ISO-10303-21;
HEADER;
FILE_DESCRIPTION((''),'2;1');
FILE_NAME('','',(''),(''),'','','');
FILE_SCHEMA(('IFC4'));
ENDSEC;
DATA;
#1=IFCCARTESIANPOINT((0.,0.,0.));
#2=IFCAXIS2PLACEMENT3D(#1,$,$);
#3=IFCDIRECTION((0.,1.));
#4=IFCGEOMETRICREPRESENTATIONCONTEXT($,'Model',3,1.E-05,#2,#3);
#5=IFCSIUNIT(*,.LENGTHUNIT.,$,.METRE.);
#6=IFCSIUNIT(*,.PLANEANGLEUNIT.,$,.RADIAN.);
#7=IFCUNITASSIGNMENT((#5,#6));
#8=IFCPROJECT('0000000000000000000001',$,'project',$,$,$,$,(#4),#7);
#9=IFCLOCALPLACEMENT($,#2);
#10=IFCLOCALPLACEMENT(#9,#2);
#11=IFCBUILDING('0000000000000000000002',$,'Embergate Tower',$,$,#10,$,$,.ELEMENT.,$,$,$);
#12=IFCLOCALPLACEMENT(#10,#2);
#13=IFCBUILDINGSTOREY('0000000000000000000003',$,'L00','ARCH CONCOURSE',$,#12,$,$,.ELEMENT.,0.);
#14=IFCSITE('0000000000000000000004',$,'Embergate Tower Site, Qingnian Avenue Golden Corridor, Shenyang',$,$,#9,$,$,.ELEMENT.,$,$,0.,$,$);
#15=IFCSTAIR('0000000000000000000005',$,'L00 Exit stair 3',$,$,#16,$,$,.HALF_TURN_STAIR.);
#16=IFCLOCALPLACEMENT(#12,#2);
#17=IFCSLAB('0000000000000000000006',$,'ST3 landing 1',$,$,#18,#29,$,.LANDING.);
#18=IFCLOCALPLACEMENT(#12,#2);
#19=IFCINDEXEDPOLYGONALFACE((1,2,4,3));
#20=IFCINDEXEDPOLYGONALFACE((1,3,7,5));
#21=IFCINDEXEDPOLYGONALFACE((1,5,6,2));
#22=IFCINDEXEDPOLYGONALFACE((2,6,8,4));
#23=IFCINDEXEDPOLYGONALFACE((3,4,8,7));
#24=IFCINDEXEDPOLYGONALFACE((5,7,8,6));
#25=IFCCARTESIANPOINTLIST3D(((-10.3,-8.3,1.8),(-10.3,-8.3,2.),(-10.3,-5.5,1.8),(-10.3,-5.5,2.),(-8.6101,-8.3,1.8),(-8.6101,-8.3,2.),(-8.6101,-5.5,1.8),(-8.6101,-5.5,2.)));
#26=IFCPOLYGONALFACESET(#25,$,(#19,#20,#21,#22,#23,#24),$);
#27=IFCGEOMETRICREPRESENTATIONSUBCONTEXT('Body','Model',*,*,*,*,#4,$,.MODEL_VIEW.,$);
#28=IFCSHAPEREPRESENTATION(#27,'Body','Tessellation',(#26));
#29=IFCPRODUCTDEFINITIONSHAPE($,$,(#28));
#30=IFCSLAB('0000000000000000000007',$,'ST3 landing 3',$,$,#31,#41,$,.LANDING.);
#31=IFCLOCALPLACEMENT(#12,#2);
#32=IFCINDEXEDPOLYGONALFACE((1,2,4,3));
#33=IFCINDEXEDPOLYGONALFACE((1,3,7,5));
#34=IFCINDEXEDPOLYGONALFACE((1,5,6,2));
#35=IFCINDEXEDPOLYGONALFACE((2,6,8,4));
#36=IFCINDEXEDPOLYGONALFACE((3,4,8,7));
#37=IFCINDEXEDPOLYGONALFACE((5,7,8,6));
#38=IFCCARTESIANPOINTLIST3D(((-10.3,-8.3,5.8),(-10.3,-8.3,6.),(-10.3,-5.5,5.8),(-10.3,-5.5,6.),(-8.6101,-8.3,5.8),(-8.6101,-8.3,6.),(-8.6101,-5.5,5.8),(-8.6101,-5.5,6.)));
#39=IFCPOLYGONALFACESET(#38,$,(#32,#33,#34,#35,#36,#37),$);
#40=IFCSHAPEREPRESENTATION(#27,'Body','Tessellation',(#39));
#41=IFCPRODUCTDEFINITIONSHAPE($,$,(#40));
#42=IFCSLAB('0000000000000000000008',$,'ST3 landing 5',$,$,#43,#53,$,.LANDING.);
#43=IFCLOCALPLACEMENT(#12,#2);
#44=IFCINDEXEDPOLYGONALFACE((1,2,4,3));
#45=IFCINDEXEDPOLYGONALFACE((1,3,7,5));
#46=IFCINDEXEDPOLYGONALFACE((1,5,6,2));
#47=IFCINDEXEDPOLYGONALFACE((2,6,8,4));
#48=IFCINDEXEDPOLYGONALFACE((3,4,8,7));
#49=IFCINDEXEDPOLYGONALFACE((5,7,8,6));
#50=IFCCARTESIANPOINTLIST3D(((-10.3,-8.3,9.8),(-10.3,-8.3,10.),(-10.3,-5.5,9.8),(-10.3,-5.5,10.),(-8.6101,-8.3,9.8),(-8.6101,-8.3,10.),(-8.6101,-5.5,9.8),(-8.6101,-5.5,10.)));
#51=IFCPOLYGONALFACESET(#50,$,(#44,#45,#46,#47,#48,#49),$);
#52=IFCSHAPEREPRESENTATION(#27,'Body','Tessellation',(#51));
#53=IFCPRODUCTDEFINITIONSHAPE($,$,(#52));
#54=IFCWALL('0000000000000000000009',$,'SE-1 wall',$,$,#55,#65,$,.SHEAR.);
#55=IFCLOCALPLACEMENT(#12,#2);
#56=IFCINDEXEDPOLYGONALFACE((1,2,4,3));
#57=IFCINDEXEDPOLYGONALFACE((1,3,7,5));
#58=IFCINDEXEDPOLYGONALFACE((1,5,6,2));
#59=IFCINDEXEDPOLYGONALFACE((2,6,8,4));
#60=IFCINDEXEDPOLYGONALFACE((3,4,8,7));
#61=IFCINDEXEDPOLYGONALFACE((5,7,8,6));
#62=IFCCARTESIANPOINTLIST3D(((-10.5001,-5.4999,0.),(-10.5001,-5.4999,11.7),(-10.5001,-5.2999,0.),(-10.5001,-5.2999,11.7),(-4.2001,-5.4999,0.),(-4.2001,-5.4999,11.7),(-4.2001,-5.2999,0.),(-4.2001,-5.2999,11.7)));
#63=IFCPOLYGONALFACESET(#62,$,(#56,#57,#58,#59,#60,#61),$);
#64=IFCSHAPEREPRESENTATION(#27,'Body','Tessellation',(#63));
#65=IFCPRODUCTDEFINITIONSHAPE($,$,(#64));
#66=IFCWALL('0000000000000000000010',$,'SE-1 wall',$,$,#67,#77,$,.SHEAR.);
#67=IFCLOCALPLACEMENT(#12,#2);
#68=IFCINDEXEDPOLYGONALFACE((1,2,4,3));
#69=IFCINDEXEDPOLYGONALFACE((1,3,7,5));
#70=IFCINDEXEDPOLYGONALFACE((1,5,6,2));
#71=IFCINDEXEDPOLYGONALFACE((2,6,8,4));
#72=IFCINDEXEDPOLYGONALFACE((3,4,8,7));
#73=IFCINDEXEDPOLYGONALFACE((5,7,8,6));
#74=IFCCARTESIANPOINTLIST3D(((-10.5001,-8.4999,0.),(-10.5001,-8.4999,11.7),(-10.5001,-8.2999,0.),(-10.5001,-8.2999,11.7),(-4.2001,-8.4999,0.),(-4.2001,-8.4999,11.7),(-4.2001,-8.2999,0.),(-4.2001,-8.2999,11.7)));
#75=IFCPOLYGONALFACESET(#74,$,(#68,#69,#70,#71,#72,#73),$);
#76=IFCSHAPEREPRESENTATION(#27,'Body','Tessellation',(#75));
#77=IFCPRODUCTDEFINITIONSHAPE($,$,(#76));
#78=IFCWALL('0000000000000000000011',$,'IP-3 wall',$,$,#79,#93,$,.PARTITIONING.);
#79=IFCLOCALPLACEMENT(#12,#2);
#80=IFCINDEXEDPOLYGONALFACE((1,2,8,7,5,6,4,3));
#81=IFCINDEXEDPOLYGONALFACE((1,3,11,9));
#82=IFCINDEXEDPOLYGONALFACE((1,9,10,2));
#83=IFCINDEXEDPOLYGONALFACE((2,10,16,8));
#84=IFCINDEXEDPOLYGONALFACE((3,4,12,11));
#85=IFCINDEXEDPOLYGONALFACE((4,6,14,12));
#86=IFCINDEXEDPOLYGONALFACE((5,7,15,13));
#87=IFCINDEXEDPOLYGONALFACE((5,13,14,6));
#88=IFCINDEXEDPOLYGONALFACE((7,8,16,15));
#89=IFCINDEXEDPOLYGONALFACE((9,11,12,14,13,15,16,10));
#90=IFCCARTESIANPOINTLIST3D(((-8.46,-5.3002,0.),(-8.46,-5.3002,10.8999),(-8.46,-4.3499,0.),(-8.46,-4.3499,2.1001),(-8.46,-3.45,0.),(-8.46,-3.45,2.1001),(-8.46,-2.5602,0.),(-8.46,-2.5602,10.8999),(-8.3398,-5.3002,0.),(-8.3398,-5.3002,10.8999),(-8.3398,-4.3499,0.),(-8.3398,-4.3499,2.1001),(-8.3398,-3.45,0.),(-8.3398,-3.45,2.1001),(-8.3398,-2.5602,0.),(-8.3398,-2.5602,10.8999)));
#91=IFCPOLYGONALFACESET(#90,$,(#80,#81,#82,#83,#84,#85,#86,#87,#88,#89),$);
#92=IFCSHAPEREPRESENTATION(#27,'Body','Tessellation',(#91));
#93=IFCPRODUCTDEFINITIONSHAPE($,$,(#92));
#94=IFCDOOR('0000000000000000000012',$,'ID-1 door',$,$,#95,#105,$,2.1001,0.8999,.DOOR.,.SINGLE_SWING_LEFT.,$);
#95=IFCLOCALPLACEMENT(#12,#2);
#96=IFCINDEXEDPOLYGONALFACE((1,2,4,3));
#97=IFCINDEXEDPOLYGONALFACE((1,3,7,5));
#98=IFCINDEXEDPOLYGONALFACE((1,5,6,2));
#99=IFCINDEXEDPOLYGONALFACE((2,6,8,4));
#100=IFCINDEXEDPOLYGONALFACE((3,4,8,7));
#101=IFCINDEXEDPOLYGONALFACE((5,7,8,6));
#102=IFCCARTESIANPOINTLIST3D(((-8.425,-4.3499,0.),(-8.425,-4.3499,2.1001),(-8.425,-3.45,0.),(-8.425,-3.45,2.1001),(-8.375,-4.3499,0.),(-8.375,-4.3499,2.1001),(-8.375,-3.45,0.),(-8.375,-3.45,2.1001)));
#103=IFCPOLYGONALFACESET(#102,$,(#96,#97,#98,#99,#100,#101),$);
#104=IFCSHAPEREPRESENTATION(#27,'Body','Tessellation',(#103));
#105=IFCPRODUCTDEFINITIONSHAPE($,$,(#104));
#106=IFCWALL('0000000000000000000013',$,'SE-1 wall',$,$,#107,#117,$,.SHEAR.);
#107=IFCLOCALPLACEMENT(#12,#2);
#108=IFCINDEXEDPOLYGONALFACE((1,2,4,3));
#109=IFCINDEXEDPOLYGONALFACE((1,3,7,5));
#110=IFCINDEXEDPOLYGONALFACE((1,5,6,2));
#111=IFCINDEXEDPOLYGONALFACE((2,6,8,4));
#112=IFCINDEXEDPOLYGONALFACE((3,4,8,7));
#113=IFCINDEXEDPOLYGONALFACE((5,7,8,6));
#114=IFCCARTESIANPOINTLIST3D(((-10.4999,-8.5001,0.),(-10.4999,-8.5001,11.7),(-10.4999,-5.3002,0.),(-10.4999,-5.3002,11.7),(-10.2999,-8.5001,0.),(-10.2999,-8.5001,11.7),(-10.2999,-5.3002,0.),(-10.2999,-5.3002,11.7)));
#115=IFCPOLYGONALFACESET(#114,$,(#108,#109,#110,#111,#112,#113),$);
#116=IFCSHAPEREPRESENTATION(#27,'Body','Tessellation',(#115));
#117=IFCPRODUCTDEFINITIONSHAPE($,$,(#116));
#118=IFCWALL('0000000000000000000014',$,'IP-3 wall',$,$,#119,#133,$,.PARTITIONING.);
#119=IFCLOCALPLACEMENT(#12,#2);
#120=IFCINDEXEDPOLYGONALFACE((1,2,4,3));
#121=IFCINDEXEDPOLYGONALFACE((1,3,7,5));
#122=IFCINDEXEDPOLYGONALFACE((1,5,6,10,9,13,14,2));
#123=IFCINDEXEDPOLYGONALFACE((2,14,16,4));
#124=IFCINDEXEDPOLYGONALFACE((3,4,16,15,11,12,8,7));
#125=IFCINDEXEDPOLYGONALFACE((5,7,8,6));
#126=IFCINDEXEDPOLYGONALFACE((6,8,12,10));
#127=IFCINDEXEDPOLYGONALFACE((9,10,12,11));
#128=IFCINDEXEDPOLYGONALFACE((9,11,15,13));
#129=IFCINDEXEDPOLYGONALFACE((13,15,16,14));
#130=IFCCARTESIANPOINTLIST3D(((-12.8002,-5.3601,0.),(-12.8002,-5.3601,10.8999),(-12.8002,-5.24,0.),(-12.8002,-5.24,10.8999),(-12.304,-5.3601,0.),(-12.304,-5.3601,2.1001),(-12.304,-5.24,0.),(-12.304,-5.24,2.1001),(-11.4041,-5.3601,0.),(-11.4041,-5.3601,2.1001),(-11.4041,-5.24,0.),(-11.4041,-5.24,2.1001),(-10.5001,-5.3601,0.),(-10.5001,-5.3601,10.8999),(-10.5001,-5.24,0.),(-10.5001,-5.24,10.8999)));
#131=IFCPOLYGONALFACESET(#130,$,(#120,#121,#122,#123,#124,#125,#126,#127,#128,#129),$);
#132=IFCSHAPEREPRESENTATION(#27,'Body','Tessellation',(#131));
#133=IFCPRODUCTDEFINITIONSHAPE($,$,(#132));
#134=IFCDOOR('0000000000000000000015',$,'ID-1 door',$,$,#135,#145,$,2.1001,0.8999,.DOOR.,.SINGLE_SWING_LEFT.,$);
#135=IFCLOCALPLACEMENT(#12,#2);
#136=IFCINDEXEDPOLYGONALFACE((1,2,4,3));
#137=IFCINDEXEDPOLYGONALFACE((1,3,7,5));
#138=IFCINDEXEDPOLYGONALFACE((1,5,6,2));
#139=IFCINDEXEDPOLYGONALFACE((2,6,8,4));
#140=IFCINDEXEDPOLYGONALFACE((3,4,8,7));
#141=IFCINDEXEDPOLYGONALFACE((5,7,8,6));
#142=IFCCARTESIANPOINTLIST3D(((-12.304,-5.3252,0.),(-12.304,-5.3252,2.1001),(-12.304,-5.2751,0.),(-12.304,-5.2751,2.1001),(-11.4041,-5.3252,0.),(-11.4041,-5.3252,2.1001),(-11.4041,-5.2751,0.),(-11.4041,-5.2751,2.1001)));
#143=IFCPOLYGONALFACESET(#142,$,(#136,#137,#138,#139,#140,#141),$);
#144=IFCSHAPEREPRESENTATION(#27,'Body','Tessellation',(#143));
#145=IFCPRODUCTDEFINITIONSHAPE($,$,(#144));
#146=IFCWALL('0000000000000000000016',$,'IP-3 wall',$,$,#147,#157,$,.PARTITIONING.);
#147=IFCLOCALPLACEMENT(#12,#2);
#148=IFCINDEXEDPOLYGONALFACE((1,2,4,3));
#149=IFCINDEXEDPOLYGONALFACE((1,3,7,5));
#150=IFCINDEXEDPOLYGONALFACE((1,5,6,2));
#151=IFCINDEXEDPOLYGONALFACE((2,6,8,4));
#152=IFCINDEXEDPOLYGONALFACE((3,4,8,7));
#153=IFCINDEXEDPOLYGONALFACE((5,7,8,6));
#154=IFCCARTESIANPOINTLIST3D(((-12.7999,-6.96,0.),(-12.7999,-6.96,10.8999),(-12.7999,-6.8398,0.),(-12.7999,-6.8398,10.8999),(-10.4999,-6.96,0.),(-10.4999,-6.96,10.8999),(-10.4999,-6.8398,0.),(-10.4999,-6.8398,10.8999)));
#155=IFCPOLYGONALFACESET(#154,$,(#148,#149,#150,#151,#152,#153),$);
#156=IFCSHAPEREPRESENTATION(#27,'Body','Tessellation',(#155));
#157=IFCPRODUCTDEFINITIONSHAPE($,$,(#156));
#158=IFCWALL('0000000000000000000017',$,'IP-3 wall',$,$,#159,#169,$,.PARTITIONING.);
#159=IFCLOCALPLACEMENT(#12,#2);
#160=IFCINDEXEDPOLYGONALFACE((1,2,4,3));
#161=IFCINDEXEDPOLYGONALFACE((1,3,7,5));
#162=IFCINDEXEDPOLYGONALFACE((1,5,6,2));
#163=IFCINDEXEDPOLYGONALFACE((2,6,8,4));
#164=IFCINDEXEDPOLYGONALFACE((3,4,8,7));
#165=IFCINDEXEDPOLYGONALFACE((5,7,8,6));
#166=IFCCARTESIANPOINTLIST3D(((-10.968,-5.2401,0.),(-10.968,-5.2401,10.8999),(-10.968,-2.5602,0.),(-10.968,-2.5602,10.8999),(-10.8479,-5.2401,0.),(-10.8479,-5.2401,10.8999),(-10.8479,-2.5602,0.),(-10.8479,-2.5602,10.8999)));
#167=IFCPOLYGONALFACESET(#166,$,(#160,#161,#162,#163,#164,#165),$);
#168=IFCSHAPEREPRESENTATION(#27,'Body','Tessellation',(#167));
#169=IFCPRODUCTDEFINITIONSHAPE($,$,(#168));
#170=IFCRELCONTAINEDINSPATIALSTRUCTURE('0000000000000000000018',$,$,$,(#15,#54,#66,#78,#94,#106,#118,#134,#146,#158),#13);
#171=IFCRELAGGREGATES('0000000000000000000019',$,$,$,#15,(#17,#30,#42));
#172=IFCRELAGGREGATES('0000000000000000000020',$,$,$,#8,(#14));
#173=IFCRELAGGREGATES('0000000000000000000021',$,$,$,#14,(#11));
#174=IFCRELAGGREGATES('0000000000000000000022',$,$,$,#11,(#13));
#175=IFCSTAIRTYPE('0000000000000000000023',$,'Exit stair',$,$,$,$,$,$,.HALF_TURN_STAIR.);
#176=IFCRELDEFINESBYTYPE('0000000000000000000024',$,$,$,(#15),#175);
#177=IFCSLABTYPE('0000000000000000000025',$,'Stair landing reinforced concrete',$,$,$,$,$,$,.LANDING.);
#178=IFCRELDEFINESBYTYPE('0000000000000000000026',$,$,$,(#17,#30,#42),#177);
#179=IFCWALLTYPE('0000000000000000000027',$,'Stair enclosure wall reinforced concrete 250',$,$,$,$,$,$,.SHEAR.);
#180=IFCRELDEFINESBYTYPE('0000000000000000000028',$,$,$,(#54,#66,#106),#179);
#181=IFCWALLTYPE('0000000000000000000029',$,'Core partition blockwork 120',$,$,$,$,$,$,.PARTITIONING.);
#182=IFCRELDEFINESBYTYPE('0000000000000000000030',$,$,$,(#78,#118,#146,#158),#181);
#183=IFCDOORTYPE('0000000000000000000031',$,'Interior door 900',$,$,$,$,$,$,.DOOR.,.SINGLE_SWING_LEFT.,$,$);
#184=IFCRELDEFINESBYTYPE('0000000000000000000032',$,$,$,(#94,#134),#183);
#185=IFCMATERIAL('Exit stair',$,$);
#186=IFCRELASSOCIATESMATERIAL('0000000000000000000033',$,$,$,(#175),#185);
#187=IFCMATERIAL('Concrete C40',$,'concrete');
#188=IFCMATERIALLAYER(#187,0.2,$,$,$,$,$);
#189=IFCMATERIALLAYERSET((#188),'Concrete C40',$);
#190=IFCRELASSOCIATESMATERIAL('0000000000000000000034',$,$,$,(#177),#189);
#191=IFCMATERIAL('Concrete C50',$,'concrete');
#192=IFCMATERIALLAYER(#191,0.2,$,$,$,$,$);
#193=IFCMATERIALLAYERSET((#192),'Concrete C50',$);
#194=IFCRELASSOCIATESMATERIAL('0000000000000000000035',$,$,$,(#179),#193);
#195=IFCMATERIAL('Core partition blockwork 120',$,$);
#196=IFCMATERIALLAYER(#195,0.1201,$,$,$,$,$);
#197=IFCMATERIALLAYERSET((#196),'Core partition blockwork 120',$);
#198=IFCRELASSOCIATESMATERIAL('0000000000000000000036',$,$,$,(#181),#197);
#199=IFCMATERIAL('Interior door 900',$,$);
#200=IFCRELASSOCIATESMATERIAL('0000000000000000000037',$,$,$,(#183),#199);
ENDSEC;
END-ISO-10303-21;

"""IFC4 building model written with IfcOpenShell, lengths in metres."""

from ifc_helpers import new_model, si_unit, direction, frame, frame_2d, origin, place, context, subcontext, project, spatial, polyline, rectangle, outline, extrude, source, transform, mapped, material, layer, layer_set, type_object, element, fill, aggregate, save


model = new_model("IFC4")

# Units and contexts
model_context = context("Model", 3, precision=1e-05, world=origin(), true_north=direction((0.0, 1.0)))
body_context = subcontext(model_context, "Body", "Model", "MODEL_VIEW")
ifc_project = project(units=[si_unit("LENGTHUNIT", "METRE"), si_unit("PLANEANGLEUNIT", "RADIAN")], contexts=[model_context])

# Site, building, storey
site_placement = place(None, origin())
site = spatial("IfcSite", under=ifc_project, at=site_placement, Name="Embergate Tower Site, Qingnian Avenue Golden Corridor, Shenyang", CompositionType="ELEMENT", RefElevation=0.0)
building_placement = place(site_placement, origin())
building = spatial("IfcBuilding", under=site, at=building_placement, Name="Embergate Tower", CompositionType="ELEMENT")
storey_placement = place(building_placement, origin())
storey = spatial("IfcBuildingStorey", under=building, at=storey_placement, Name="L00", Description="ARCH CONCOURSE", CompositionType="ELEMENT", Elevation=0.0)

# Stair, slabs
ifc_material_1 = material(Name="Exit stair")
stair_type_1 = type_object("IfcStairType", Name="Exit stair", PredefinedType="HALF_TURN_STAIR", material=ifc_material_1)
stair_1_placement = place(storey_placement, origin())
stair_1 = element("IfcStair", 1, at=stair_1_placement, inside=storey, type_object=stair_type_1, Name="L00 Exit stair 3", PredefinedType="HALF_TURN_STAIR")
ifc_material_2 = material(Name="Concrete C40", Category="concrete")
ifc_layer_1 = layer(ifc_material_2, 0.2)
ifc_layer_set_1 = layer_set([ifc_layer_1], Name="Concrete C40")
slab_type = type_object("IfcSlabType", Name="Stair landing reinforced concrete", PredefinedType="LANDING", material=ifc_layer_set_1)
shared_shape_1 = source(origin(), body_context, "Body", "SweptSolid", [
    extrude(outline(polyline([(0.0, 0.0), (1.6899, 0.0), (1.6899, 2.8), (0.0, 2.8), (0.0, 0.0)])), origin(), (0.0, 0.0, 1.0), 0.2),
])
slab_1_placement = place(storey_placement, frame((-10.3, -8.3, 1.8)))
slab_1 = element("IfcSlab", 2, at=slab_1_placement, type_object=slab_type, Name="ST3 landing 1", PredefinedType="LANDING", context=body_context, shape_type="MappedRepresentation", body=[
    mapped(shared_shape_1, transform((0.0, 0.0, 0.0))),
])
slab_2_placement = place(storey_placement, frame((-10.3, -8.3, 5.8)))
slab_2 = element("IfcSlab", 3, at=slab_2_placement, type_object=slab_type, Name="ST3 landing 3", PredefinedType="LANDING", context=body_context, shape_type="MappedRepresentation", body=[
    mapped(shared_shape_1, transform((0.0, 0.0, 0.0))),
])
slab_3_placement = place(storey_placement, frame((-10.3, -8.3, 9.8)))
slab_3 = element("IfcSlab", 4, at=slab_3_placement, type_object=slab_type, Name="ST3 landing 5", PredefinedType="LANDING", context=body_context, shape_type="MappedRepresentation", body=[
    mapped(shared_shape_1, transform((0.0, 0.0, 0.0))),
])

# Walls
ifc_material_3 = material(Name="Concrete C50", Category="concrete")
ifc_layer_2 = layer(ifc_material_3, 0.2)
ifc_layer_set_2 = layer_set([ifc_layer_2], Name="Concrete C50")
wall_type_1 = type_object("IfcWallType", Name="Stair enclosure wall reinforced concrete 250", PredefinedType="SHEAR", material=ifc_layer_set_2)
shared_shape_2 = source(origin(), body_context, "Body", "SweptSolid", [
    extrude(rectangle(XDim=6.3, YDim=0.2, at=frame_2d((3.1499, 0.0))), origin(), (0.0, 0.0, 1.0), 11.7),
])
for number, where, z_axis, x_axis, name in (
    (5, (-10.5, -5.3999, 0.0), (0.0, 0.0, 1.0), (1.0, 0.0, 0.0), "SE-1 wall"),
    (6, (-10.5, -8.3999, 0.0), (0.0, 0.0, 1.0), (1.0, 0.0, 0.0), "SE-1 wall"),
):
    element("IfcWall", number, at=place(storey_placement, frame(where, z_axis=z_axis, x_axis=x_axis)), inside=storey, type_object=wall_type_1, Name=name, PredefinedType="SHEAR", context=body_context, shape_type="MappedRepresentation", body=[
        mapped(shared_shape_2, transform((0.0, 0.0, 0.0))),
    ])

# Wall, opening, door
ifc_material_4 = material(Name="Core partition blockwork 120")
ifc_layer_3 = layer(ifc_material_4, 0.1201)
ifc_layer_set_3 = layer_set([ifc_layer_3], Name="Core partition blockwork 120")
wall_type_2 = type_object("IfcWallType", Name="Core partition blockwork 120", PredefinedType="PARTITIONING", material=ifc_layer_set_3)
shared_shape_3 = source(origin(), body_context, "Body", "SweptSolid", [
    extrude(rectangle(XDim=2.74, YDim=0.1201, at=frame_2d((1.3701, 0.0))), origin(), (0.0, 0.0, 1.0), 10.8999),
])
wall_1_placement = place(storey_placement, frame((-8.3999, -2.5601, 0.0), z_axis=(0.0, 0.0, 1.0), x_axis=(0.0, -1.0, 0.0)))
wall_1 = element("IfcWall", 7, at=wall_1_placement, inside=storey, type_object=wall_type_2, Name="IP-3 wall", PredefinedType="PARTITIONING", context=body_context, shape_type="MappedRepresentation", body=[
    mapped(shared_shape_3, transform((0.0, 0.0, 0.0))),
])
shared_shape_4 = source(origin(), body_context, "Body", "SweptSolid", [
    extrude(rectangle(XDim=0.8999, YDim=2.1001, at=frame_2d((0.45, 1.05))), frame((0.0, 0.0701, 0.0), z_axis=(0.0, -1.0, 0.0), x_axis=(1.0, 0.0, 0.0)), (0.0, 0.0, 1.0), 0.1401),
])
opening_1_placement = place(wall_1_placement, frame((0.8899, 0.0, 0.0)))
opening_1 = element("IfcOpeningElement", 8, at=opening_1_placement, cuts=wall_1, PredefinedType="OPENING", context=body_context, shape_type="MappedRepresentation", body=[
    mapped(shared_shape_4, transform((0.0, 0.0, 0.0))),
])
ifc_material_5 = material(Name="Interior door 900")
door_type_1 = type_object("IfcDoorType", Name="Interior door 900", OperationType="SINGLE_SWING_LEFT", PredefinedType="DOOR", material=ifc_material_5)
shared_shape_5 = source(origin(), body_context, "Body", "SweptSolid", [
    extrude(rectangle(XDim=0.8999, YDim=2.1001, at=frame_2d((0.45, 1.05))), frame((0.0, 0.0249, 0.0), z_axis=(0.0, -1.0, 0.0), x_axis=(1.0, 0.0, 0.0)), (0.0, 0.0, 1.0), 0.05),
])
door_1_placement = place(opening_1_placement, origin())
door_1 = element("IfcDoor", 9, at=door_1_placement, inside=storey, type_object=door_type_1, Name="ID-1 door", OperationType="SINGLE_SWING_LEFT", OverallHeight=2.1001, OverallWidth=0.8999, PredefinedType="DOOR", context=body_context, shape_type="MappedRepresentation", body=[
    mapped(shared_shape_5, transform((0.0, 0.0, 0.0))),
])
fill(opening_1, door_1)

# Wall
shared_shape_6 = source(origin(), body_context, "Body", "SweptSolid", [
    extrude(rectangle(XDim=3.2, YDim=0.2, at=frame_2d((1.6001, 0.0))), origin(), (0.0, 0.0, 1.0), 11.7),
])
wall_2_placement = place(storey_placement, frame((-10.3999, -5.3, 0.0), z_axis=(0.0, 0.0, 1.0), x_axis=(0.0, -1.0, 0.0)))
element("IfcWall", 10, at=wall_2_placement, inside=storey, type_object=wall_type_1, Name="SE-1 wall", PredefinedType="SHEAR", context=body_context, shape_type="MappedRepresentation", body=[
    mapped(shared_shape_6, transform((0.0, 0.0, 0.0))),
])

# Wall, opening, door
shared_shape_7 = source(origin(), body_context, "Body", "SweptSolid", [
    extrude(rectangle(XDim=2.3, YDim=0.1201, at=frame_2d((1.1499, 0.0))), origin(), (0.0, 0.0, 1.0), 10.8999),
])
wall_3_placement = place(storey_placement, frame((-12.8, -5.3, 0.0), z_axis=(0.0, 0.0, 1.0), x_axis=(1.0, 0.0, 0.0)))
wall_3 = element("IfcWall", 11, at=wall_3_placement, inside=storey, type_object=wall_type_2, Name="IP-3 wall", PredefinedType="PARTITIONING", context=body_context, shape_type="MappedRepresentation", body=[
    mapped(shared_shape_7, transform((0.0, 0.0, 0.0))),
])
opening_2_placement = place(wall_3_placement, frame((0.4961, 0.0, 0.0)))
opening_2 = element("IfcOpeningElement", 12, at=opening_2_placement, cuts=wall_3, PredefinedType="OPENING", context=body_context, shape_type="MappedRepresentation", body=[
    mapped(shared_shape_4, transform((0.0, 0.0, 0.0))),
])
door_2_placement = place(opening_2_placement, origin())
door_2 = element("IfcDoor", 13, at=door_2_placement, inside=storey, type_object=door_type_1, Name="ID-1 door", OperationType="SINGLE_SWING_LEFT", OverallHeight=2.1001, OverallWidth=0.8999, PredefinedType="DOOR", context=body_context, shape_type="MappedRepresentation", body=[
    mapped(shared_shape_5, transform((0.0, 0.0, 0.0))),
])
fill(opening_2, door_2)

# Walls
wall_4_placement = place(storey_placement, frame((-10.5, -6.8999, 0.0), z_axis=(0.0, 0.0, 1.0), x_axis=(-1.0, 0.0, 0.0)))
element("IfcWall", 14, at=wall_4_placement, inside=storey, type_object=wall_type_2, Name="IP-3 wall", PredefinedType="PARTITIONING", context=body_context, shape_type="MappedRepresentation", body=[
    mapped(shared_shape_7, transform((0.0, 0.0, 0.0))),
])
shared_shape_8 = source(origin(), body_context, "Body", "SweptSolid", [
    extrude(rectangle(XDim=2.6799, YDim=0.1201, at=frame_2d((1.3398, 0.0))), origin(), (0.0, 0.0, 1.0), 10.8999),
])
wall_5_placement = place(storey_placement, frame((-10.908, -5.24, 0.0), z_axis=(0.0, 0.0, 1.0), x_axis=(0.0, 1.0, 0.0)))
element("IfcWall", 15, at=wall_5_placement, inside=storey, type_object=wall_type_2, Name="IP-3 wall", PredefinedType="PARTITIONING", context=body_context, shape_type="MappedRepresentation", body=[
    mapped(shared_shape_8, transform((0.0, 0.0, 0.0))),
])

aggregate(stair_1, [slab_1, slab_2, slab_3])

save(model, "model.ifc")
